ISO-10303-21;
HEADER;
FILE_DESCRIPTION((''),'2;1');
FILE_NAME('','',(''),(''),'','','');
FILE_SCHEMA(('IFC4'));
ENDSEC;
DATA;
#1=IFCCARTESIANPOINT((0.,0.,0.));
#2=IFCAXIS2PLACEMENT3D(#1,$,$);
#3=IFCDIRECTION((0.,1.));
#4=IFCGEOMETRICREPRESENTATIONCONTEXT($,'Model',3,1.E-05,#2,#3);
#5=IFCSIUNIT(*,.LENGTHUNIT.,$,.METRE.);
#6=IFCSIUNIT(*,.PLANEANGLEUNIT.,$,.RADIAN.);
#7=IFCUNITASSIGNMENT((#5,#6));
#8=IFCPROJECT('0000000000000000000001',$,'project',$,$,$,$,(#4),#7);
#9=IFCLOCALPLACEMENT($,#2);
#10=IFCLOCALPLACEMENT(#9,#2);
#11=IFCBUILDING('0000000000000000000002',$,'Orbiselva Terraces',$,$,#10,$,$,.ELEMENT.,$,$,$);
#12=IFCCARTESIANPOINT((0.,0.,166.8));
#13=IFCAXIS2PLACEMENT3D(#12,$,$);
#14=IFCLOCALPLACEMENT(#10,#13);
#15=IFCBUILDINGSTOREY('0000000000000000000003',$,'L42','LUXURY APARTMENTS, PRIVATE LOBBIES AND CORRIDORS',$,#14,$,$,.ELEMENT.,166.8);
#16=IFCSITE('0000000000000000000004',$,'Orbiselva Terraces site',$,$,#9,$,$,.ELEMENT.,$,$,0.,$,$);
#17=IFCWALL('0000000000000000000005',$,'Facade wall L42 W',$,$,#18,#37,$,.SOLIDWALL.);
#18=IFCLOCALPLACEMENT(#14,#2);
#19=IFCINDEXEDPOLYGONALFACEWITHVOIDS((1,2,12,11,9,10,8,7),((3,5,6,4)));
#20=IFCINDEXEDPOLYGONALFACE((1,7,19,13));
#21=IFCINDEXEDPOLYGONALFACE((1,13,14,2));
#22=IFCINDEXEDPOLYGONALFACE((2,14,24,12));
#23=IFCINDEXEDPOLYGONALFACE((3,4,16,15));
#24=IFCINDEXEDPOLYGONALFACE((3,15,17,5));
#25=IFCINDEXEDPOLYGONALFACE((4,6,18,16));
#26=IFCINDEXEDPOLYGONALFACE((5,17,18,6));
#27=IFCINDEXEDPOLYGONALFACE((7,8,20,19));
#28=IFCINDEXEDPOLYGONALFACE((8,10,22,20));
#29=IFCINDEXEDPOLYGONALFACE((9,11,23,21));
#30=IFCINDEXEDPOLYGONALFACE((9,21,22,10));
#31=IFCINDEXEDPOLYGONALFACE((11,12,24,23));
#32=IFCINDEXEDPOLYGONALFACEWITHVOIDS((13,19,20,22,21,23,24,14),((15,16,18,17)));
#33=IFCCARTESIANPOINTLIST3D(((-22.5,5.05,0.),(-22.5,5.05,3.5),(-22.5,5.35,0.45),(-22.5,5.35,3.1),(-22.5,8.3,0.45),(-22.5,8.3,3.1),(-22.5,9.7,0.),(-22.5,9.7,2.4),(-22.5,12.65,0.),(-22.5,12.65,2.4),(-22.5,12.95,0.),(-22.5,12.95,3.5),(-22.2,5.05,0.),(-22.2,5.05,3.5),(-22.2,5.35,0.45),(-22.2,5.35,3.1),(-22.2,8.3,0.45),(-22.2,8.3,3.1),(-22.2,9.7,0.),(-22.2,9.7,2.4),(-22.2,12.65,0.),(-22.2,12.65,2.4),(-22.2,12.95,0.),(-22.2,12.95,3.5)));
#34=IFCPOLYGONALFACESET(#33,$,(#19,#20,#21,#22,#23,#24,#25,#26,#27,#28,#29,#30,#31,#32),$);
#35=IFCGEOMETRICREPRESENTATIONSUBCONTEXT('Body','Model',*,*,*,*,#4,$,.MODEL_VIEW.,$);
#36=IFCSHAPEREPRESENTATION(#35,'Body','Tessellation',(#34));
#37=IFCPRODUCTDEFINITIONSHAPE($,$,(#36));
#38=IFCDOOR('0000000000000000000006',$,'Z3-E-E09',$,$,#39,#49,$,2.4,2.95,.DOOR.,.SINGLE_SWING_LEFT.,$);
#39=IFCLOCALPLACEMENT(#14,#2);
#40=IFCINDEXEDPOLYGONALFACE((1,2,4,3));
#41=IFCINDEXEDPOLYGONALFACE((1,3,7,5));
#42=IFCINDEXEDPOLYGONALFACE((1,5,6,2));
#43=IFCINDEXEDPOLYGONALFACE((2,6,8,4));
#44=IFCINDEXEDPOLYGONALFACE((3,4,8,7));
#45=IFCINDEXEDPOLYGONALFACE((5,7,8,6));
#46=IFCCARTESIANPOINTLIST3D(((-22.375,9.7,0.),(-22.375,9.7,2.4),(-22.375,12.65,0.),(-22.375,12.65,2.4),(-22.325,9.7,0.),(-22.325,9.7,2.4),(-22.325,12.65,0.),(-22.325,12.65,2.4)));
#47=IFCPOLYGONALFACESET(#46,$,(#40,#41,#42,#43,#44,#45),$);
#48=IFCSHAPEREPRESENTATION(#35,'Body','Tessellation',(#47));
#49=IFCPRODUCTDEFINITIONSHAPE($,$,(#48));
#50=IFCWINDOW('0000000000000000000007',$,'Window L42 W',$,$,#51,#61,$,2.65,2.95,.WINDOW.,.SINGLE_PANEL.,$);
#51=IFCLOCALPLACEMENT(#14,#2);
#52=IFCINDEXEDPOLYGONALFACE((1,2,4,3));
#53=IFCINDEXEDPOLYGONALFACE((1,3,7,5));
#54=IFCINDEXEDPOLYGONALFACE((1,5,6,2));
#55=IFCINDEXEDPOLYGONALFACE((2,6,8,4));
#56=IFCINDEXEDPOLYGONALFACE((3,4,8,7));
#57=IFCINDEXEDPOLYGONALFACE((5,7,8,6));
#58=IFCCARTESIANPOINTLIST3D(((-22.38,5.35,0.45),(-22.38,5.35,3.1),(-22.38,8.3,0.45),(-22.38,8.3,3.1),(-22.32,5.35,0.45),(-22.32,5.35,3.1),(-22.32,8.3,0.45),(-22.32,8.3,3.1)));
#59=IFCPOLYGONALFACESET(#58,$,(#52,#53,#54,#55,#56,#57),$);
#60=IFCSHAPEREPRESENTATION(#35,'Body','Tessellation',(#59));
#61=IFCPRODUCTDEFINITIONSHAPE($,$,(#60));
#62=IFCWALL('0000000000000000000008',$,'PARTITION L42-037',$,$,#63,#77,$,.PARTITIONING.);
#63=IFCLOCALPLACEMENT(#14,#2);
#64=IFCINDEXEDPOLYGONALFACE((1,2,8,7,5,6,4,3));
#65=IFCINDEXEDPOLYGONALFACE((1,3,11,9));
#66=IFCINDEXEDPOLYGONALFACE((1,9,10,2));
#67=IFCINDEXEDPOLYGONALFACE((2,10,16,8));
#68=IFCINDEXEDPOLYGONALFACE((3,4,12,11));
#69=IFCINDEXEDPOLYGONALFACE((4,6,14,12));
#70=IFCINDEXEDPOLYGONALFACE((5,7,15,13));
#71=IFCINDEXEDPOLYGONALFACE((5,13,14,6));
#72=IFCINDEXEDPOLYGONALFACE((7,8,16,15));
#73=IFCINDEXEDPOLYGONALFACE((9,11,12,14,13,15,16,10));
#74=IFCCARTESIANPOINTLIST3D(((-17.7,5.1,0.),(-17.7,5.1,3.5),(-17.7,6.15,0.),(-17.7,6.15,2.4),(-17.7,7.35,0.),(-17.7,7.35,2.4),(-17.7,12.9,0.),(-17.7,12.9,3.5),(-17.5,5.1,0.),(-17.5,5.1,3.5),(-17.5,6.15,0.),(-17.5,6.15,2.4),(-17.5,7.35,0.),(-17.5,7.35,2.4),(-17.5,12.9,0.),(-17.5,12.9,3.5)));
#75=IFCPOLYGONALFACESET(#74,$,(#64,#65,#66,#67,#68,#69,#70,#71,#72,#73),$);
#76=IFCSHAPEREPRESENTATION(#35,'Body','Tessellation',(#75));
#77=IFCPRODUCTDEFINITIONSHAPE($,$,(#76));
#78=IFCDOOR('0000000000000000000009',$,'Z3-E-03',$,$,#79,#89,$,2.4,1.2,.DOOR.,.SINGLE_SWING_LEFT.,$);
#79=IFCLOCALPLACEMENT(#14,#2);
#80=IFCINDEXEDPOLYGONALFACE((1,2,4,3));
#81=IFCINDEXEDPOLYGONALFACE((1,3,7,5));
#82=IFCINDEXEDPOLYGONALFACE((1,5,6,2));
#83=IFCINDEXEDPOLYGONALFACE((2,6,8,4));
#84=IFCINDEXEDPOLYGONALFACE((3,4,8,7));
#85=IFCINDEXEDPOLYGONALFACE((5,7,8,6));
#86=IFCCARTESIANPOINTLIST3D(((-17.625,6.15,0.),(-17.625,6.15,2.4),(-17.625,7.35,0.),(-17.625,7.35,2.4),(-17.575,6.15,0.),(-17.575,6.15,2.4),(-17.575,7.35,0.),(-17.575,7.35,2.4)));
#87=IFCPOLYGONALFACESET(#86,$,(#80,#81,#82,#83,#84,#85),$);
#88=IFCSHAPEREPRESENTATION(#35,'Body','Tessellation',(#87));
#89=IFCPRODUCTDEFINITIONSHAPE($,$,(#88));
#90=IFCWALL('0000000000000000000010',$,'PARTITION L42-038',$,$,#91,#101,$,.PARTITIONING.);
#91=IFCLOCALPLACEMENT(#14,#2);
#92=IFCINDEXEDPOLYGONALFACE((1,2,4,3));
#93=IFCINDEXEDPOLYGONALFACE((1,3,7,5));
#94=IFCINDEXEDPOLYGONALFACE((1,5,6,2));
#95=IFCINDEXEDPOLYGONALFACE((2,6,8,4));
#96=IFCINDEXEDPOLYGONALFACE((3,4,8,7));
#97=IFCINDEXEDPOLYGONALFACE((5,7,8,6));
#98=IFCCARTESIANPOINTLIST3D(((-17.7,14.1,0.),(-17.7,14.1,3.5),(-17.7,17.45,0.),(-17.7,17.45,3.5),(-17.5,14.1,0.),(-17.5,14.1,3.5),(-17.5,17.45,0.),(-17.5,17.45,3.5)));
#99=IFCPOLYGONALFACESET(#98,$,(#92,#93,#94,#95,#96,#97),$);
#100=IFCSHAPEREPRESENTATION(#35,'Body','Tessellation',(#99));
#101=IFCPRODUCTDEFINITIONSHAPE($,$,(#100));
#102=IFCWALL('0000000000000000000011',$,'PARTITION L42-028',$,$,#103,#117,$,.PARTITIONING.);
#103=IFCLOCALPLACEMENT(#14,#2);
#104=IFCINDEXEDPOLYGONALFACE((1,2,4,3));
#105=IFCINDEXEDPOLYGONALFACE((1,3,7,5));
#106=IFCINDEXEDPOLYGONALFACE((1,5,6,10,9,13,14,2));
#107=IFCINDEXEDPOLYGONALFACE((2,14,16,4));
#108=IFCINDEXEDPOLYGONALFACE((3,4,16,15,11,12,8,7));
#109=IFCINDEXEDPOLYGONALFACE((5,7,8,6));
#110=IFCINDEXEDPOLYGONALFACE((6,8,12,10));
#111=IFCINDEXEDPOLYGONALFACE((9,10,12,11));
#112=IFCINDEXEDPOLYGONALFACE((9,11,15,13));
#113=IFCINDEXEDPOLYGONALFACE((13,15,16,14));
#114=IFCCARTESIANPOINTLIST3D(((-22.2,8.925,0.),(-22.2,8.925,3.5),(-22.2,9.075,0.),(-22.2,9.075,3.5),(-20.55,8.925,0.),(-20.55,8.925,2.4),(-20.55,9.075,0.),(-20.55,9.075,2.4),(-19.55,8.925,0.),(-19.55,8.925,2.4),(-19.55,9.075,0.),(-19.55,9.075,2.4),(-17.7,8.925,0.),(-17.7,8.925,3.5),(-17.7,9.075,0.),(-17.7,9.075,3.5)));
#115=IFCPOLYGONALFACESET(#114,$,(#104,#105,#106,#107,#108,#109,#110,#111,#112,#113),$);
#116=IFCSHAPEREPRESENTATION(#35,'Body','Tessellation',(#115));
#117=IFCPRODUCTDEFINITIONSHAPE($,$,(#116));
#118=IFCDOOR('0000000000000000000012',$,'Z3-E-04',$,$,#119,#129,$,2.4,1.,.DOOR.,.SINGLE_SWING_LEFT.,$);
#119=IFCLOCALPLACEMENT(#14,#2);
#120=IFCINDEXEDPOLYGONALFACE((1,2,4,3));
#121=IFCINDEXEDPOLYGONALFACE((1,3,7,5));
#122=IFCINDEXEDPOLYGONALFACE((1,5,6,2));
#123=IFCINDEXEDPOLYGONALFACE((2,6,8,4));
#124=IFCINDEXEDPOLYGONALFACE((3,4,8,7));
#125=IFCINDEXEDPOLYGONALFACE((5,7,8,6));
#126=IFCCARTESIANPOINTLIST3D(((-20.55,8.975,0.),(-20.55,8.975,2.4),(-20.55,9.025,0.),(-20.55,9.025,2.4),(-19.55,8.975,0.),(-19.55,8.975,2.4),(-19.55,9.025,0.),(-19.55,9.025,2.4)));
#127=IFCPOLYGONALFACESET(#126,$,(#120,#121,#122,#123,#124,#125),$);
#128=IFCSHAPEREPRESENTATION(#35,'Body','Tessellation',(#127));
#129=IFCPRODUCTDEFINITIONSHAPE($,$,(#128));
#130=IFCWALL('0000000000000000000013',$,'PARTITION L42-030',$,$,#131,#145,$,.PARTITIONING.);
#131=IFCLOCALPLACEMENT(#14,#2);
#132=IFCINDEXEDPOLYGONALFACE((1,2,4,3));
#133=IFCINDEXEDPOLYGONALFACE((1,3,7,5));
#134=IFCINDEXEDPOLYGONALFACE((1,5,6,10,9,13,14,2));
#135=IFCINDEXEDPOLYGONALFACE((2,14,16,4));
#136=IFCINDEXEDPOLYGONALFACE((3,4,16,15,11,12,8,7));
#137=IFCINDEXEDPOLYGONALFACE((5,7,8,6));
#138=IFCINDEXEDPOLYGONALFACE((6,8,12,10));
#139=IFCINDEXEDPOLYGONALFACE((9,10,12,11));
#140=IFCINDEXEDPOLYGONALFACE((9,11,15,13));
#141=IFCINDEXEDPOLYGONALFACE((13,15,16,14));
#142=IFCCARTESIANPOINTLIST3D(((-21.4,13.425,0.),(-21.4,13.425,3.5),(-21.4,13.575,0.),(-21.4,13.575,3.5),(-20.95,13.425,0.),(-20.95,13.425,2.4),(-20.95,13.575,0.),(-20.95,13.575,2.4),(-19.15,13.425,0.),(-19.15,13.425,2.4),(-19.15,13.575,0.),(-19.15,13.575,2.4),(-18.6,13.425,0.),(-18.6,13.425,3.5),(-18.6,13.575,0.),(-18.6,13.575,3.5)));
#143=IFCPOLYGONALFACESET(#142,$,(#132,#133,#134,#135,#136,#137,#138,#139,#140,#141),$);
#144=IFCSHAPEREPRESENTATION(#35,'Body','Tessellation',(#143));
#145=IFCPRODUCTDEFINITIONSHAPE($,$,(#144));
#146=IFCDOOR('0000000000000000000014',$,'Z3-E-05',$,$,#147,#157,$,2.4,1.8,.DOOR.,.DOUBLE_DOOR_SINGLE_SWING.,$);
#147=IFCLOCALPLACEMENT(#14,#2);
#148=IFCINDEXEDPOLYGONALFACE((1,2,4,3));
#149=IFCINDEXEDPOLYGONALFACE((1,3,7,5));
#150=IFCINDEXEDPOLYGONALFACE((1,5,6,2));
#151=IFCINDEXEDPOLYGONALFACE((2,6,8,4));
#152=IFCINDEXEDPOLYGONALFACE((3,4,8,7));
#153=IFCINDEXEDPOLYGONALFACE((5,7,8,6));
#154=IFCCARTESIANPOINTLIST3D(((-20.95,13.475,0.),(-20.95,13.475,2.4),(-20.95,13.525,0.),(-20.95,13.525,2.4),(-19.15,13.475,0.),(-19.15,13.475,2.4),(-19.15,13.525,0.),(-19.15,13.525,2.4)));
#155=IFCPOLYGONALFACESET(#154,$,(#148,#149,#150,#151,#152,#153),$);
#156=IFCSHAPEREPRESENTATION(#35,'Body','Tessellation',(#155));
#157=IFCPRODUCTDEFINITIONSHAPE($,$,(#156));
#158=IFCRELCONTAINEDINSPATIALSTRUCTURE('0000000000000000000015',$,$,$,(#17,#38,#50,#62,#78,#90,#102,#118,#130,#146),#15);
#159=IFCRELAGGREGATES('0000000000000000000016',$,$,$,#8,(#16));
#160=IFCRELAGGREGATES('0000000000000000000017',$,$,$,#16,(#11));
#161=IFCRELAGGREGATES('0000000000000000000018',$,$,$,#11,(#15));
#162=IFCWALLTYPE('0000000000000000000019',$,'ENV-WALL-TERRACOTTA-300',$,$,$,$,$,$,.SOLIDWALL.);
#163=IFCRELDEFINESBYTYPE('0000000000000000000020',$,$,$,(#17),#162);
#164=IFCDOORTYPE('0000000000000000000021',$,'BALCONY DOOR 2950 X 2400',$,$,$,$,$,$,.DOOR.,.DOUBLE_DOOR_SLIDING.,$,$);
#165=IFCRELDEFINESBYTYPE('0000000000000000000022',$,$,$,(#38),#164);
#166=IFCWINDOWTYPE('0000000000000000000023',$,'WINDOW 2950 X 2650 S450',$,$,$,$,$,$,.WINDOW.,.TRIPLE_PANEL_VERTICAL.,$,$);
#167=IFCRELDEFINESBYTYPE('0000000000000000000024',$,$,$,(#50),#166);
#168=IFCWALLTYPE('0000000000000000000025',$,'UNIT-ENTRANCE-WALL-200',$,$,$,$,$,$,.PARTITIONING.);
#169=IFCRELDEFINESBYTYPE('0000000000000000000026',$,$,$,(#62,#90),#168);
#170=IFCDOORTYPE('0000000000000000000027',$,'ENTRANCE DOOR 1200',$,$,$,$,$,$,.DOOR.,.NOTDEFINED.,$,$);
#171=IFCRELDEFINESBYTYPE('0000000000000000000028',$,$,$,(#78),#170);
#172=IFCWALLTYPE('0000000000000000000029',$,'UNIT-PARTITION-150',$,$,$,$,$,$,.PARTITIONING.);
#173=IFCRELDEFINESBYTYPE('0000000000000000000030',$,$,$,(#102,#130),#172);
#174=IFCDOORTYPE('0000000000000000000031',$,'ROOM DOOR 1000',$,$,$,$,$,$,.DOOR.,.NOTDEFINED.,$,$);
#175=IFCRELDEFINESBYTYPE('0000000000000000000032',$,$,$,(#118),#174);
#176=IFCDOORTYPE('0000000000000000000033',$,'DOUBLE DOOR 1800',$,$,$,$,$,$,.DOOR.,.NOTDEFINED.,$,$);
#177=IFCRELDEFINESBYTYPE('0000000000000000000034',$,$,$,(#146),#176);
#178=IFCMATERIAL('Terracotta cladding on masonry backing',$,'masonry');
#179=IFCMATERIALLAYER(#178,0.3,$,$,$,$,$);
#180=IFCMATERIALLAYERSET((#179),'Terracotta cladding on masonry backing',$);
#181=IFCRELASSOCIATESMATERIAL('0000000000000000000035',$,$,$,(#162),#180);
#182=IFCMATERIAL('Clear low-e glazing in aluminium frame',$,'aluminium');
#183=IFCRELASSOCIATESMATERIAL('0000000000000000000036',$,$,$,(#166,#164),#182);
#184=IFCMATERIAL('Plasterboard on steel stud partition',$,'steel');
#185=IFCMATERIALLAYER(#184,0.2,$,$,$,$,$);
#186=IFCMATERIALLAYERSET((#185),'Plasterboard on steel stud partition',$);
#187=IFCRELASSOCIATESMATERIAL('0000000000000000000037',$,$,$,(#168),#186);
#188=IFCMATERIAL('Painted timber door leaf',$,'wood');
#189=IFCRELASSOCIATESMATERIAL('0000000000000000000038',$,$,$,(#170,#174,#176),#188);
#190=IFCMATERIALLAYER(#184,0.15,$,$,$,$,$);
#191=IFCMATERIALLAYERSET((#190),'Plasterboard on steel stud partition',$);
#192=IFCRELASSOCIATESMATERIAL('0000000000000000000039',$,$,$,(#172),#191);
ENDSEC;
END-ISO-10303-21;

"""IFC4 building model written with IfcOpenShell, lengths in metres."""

from ifc_helpers import new_model, si_unit, direction, frame, frame_2d, origin, place, context, subcontext, project, spatial, rectangle, extrude, material, layer, layer_set, type_object, element, fill, save


model = new_model("IFC4")

# Units and contexts
model_context = context("Model", 3, precision=1e-05, world=origin(), true_north=direction((0.0, 1.0)))
body_context = subcontext(model_context, "Body", "Model", "MODEL_VIEW")
ifc_project = project(units=[si_unit("LENGTHUNIT", "METRE"), si_unit("PLANEANGLEUNIT", "RADIAN")], contexts=[model_context])

# Site, building, storey
site_placement = place(None, origin())
site = spatial("IfcSite", under=ifc_project, at=site_placement, Name="Orbiselva Terraces site", CompositionType="ELEMENT", RefElevation=0.0)
building_placement = place(site_placement, origin())
building = spatial("IfcBuilding", under=site, at=building_placement, Name="Orbiselva Terraces", CompositionType="ELEMENT")
storey_placement = place(building_placement, frame((0.0, 0.0, 166.8)))
storey = spatial("IfcBuildingStorey", under=building, at=storey_placement, Name="L42", Description="LUXURY APARTMENTS, PRIVATE LOBBIES AND CORRIDORS", CompositionType="ELEMENT", Elevation=166.8)

# Shared definitions
ifc_material_1 = material(Name="Terracotta cladding on masonry backing", Category="masonry")
ifc_layer_1 = layer(ifc_material_1, 0.3)
ifc_layer_set_1 = layer_set([ifc_layer_1], Name="Terracotta cladding on masonry backing")
wall_type_1 = type_object("IfcWallType", Name="ENV-WALL-TERRACOTTA-300", PredefinedType="SOLIDWALL", material=ifc_layer_set_1)
ifc_material_2 = material(Name="Clear low-e glazing in aluminium frame", Category="aluminium")
window_type = type_object("IfcWindowType", Name="WINDOW 2950 X 2650 S450", PartitioningType="TRIPLE_PANEL_VERTICAL", PredefinedType="WINDOW", material=ifc_material_2)

# Wall, openings, door, window
wall_1_placement = place(storey_placement, frame((-22.35, 5.05, 0.0), z_axis=(0.0, 0.0, 1.0), x_axis=(0.0, 1.0, 0.0)))
wall_1 = element("IfcWall", 1, at=wall_1_placement, inside=storey, type_object=wall_type_1, Name="Facade wall L42 W", PredefinedType="SOLIDWALL", context=body_context, shape_type="SweptSolid", body=[
    extrude(rectangle(XDim=7.9, YDim=0.3, at=frame_2d((3.95, 0.0))), origin(), (0.0, 0.0, 1.0), 3.5),
])
opening_1_placement = place(wall_1_placement, frame((4.65, 0.0, 0.0)))
opening_1 = element("IfcOpeningElement", 2, at=opening_1_placement, cuts=wall_1, PredefinedType="OPENING", context=body_context, shape_type="SweptSolid", body=[
    extrude(rectangle(XDim=2.95, YDim=2.4, at=frame_2d((1.475, 1.2))), frame((0.0, 0.16, 0.0), z_axis=(0.0, -1.0, 0.0), x_axis=(1.0, 0.0, 0.0)), (0.0, 0.0, 1.0), 0.32),
])
opening_2_placement = place(wall_1_placement, frame((0.3, 0.0, 0.45)))
opening_2 = element("IfcOpeningElement", 3, at=opening_2_placement, cuts=wall_1, PredefinedType="OPENING", context=body_context, shape_type="SweptSolid", body=[
    extrude(rectangle(XDim=2.95, YDim=2.65, at=frame_2d((1.475, 1.325))), frame((0.0, 0.16, 0.0), z_axis=(0.0, -1.0, 0.0), x_axis=(1.0, 0.0, 0.0)), (0.0, 0.0, 1.0), 0.32),
])
door_type_1 = type_object("IfcDoorType", Name="BALCONY DOOR 2950 X 2400", OperationType="DOUBLE_DOOR_SLIDING", PredefinedType="DOOR", material=ifc_material_2)
door_1_placement = place(opening_1_placement, origin())
door_1 = element("IfcDoor", 4, at=door_1_placement, inside=storey, type_object=door_type_1, Name="Z3-E-E09", OperationType="SINGLE_SWING_LEFT", OverallHeight=2.4, OverallWidth=2.95, PredefinedType="DOOR", context=body_context, shape_type="SweptSolid", body=[
    extrude(rectangle(XDim=2.95, YDim=2.4, at=frame_2d((1.475, 1.2))), frame((0.0, 0.025, 0.0), z_axis=(0.0, -1.0, 0.0), x_axis=(1.0, 0.0, 0.0)), (0.0, 0.0, 1.0), 0.05),
])
fill(opening_1, door_1)
window_1_placement = place(opening_2_placement, origin())
window_1 = element("IfcWindow", 5, at=window_1_placement, inside=storey, type_object=window_type, Name="Window L42 W", OverallHeight=2.65, OverallWidth=2.95, PartitioningType="SINGLE_PANEL", PredefinedType="WINDOW", context=body_context, shape_type="SweptSolid", body=[
    extrude(rectangle(XDim=2.95, YDim=2.65, at=frame_2d((1.475, 1.325))), frame((0.0, 0.03, 0.0), z_axis=(0.0, -1.0, 0.0), x_axis=(1.0, 0.0, 0.0)), (0.0, 0.0, 1.0), 0.06),
])
fill(opening_2, window_1)

# Wall, opening, door
ifc_material_3 = material(Name="Plasterboard on steel stud partition", Category="steel")
ifc_layer_2 = layer(ifc_material_3, 0.2)
ifc_layer_set_2 = layer_set([ifc_layer_2], Name="Plasterboard on steel stud partition")
wall_type_2 = type_object("IfcWallType", Name="UNIT-ENTRANCE-WALL-200", PredefinedType="PARTITIONING", material=ifc_layer_set_2)
wall_2_placement = place(storey_placement, frame((-17.6, 5.1, 0.0), z_axis=(0.0, 0.0, 1.0), x_axis=(0.0, 1.0, 0.0)))
wall_2 = element("IfcWall", 6, at=wall_2_placement, inside=storey, type_object=wall_type_2, Name="PARTITION L42-037", PredefinedType="PARTITIONING", context=body_context, shape_type="SweptSolid", body=[
    extrude(rectangle(XDim=7.8, YDim=0.2, at=frame_2d((3.9, 0.0))), origin(), (0.0, 0.0, 1.0), 3.5),
])
opening_3_placement = place(wall_2_placement, frame((1.05, 0.0, 0.0)))
opening_3 = element("IfcOpeningElement", 7, at=opening_3_placement, cuts=wall_2, PredefinedType="OPENING", context=body_context, shape_type="SweptSolid", body=[
    extrude(rectangle(XDim=1.2, YDim=2.4, at=frame_2d((0.6, 1.2))), frame((0.0, 0.11, 0.0), z_axis=(0.0, -1.0, 0.0), x_axis=(1.0, 0.0, 0.0)), (0.0, 0.0, 1.0), 0.22),
])
ifc_material_4 = material(Name="Painted timber door leaf", Category="wood")
door_type_2 = type_object("IfcDoorType", Name="ENTRANCE DOOR 1200", OperationType="NOTDEFINED", PredefinedType="DOOR", material=ifc_material_4)
door_2_placement = place(opening_3_placement, origin())
door_2 = element("IfcDoor", 8, at=door_2_placement, inside=storey, type_object=door_type_2, Name="Z3-E-03", OperationType="SINGLE_SWING_LEFT", OverallHeight=2.4, OverallWidth=1.2, PredefinedType="DOOR", context=body_context, shape_type="SweptSolid", body=[
    extrude(rectangle(XDim=1.2, YDim=2.4, at=frame_2d((0.6, 1.2))), frame((0.0, 0.025, 0.0), z_axis=(0.0, -1.0, 0.0), x_axis=(1.0, 0.0, 0.0)), (0.0, 0.0, 1.0), 0.05),
])
fill(opening_3, door_2)

# Wall
wall_3_placement = place(storey_placement, frame((-17.6, 14.1, 0.0), z_axis=(0.0, 0.0, 1.0), x_axis=(0.0, 1.0, 0.0)))
element("IfcWall", 9, at=wall_3_placement, inside=storey, type_object=wall_type_2, Name="PARTITION L42-038", PredefinedType="PARTITIONING", context=body_context, shape_type="SweptSolid", body=[
    extrude(rectangle(XDim=3.35, YDim=0.2, at=frame_2d((1.675, 0.0))), origin(), (0.0, 0.0, 1.0), 3.5),
])

# Walls, openings, doors
ifc_layer_3 = layer(ifc_material_3, 0.15)
ifc_layer_set_3 = layer_set([ifc_layer_3], Name="Plasterboard on steel stud partition")
wall_type_3 = type_object("IfcWallType", Name="UNIT-PARTITION-150", PredefinedType="PARTITIONING", material=ifc_layer_set_3)
wall_4_placement = place(storey_placement, frame((-22.2, 9.0, 0.0), z_axis=(0.0, 0.0, 1.0), x_axis=(1.0, 0.0, 0.0)))
wall_4 = element("IfcWall", 10, at=wall_4_placement, inside=storey, type_object=wall_type_3, Name="PARTITION L42-028", PredefinedType="PARTITIONING", context=body_context, shape_type="SweptSolid", body=[
    extrude(rectangle(XDim=4.5, YDim=0.15, at=frame_2d((2.25, 0.0))), origin(), (0.0, 0.0, 1.0), 3.5),
])
opening_4_placement = place(wall_4_placement, frame((1.65, 0.0, 0.0)))
opening_4 = element("IfcOpeningElement", 11, at=opening_4_placement, cuts=wall_4, PredefinedType="OPENING", context=body_context, shape_type="SweptSolid", body=[
    extrude(rectangle(XDim=1.0, YDim=2.4, at=frame_2d((0.5, 1.2))), frame((0.0, 0.085, 0.0), z_axis=(0.0, -1.0, 0.0), x_axis=(1.0, 0.0, 0.0)), (0.0, 0.0, 1.0), 0.17),
])
door_type_3 = type_object("IfcDoorType", Name="ROOM DOOR 1000", OperationType="NOTDEFINED", PredefinedType="DOOR", material=ifc_material_4)
door_3_placement = place(opening_4_placement, origin())
door_3 = element("IfcDoor", 12, at=door_3_placement, inside=storey, type_object=door_type_3, Name="Z3-E-04", OperationType="SINGLE_SWING_LEFT", OverallHeight=2.4, OverallWidth=1.0, PredefinedType="DOOR", context=body_context, shape_type="SweptSolid", body=[
    extrude(rectangle(XDim=1.0, YDim=2.4, at=frame_2d((0.5, 1.2))), frame((0.0, 0.025, 0.0), z_axis=(0.0, -1.0, 0.0), x_axis=(1.0, 0.0, 0.0)), (0.0, 0.0, 1.0), 0.05),
])
fill(opening_4, door_3)
wall_5_placement = place(storey_placement, frame((-21.4, 13.5, 0.0), z_axis=(0.0, 0.0, 1.0), x_axis=(1.0, 0.0, 0.0)))
wall_5 = element("IfcWall", 13, at=wall_5_placement, inside=storey, type_object=wall_type_3, Name="PARTITION L42-030", PredefinedType="PARTITIONING", context=body_context, shape_type="SweptSolid", body=[
    extrude(rectangle(XDim=2.8, YDim=0.15, at=frame_2d((1.4, 0.0))), origin(), (0.0, 0.0, 1.0), 3.5),
])
opening_5_placement = place(wall_5_placement, frame((0.45, 0.0, 0.0)))
opening_5 = element("IfcOpeningElement", 14, at=opening_5_placement, cuts=wall_5, PredefinedType="OPENING", context=body_context, shape_type="SweptSolid", body=[
    extrude(rectangle(XDim=1.8, YDim=2.4, at=frame_2d((0.9, 1.2))), frame((0.0, 0.085, 0.0), z_axis=(0.0, -1.0, 0.0), x_axis=(1.0, 0.0, 0.0)), (0.0, 0.0, 1.0), 0.17),
])
door_type_4 = type_object("IfcDoorType", Name="DOUBLE DOOR 1800", OperationType="NOTDEFINED", PredefinedType="DOOR", material=ifc_material_4)
door_4_placement = place(opening_5_placement, origin())
door_4 = element("IfcDoor", 15, at=door_4_placement, inside=storey, type_object=door_type_4, Name="Z3-E-05", OperationType="DOUBLE_DOOR_SINGLE_SWING", OverallHeight=2.4, OverallWidth=1.8, PredefinedType="DOOR", context=body_context, shape_type="SweptSolid", body=[
    extrude(rectangle(XDim=1.8, YDim=2.4, at=frame_2d((0.9, 1.2))), frame((0.0, 0.025, 0.0), z_axis=(0.0, -1.0, 0.0), x_axis=(1.0, 0.0, 0.0)), (0.0, 0.0, 1.0), 0.05),
])
fill(opening_5, door_4)

save(model, "model.ifc")
